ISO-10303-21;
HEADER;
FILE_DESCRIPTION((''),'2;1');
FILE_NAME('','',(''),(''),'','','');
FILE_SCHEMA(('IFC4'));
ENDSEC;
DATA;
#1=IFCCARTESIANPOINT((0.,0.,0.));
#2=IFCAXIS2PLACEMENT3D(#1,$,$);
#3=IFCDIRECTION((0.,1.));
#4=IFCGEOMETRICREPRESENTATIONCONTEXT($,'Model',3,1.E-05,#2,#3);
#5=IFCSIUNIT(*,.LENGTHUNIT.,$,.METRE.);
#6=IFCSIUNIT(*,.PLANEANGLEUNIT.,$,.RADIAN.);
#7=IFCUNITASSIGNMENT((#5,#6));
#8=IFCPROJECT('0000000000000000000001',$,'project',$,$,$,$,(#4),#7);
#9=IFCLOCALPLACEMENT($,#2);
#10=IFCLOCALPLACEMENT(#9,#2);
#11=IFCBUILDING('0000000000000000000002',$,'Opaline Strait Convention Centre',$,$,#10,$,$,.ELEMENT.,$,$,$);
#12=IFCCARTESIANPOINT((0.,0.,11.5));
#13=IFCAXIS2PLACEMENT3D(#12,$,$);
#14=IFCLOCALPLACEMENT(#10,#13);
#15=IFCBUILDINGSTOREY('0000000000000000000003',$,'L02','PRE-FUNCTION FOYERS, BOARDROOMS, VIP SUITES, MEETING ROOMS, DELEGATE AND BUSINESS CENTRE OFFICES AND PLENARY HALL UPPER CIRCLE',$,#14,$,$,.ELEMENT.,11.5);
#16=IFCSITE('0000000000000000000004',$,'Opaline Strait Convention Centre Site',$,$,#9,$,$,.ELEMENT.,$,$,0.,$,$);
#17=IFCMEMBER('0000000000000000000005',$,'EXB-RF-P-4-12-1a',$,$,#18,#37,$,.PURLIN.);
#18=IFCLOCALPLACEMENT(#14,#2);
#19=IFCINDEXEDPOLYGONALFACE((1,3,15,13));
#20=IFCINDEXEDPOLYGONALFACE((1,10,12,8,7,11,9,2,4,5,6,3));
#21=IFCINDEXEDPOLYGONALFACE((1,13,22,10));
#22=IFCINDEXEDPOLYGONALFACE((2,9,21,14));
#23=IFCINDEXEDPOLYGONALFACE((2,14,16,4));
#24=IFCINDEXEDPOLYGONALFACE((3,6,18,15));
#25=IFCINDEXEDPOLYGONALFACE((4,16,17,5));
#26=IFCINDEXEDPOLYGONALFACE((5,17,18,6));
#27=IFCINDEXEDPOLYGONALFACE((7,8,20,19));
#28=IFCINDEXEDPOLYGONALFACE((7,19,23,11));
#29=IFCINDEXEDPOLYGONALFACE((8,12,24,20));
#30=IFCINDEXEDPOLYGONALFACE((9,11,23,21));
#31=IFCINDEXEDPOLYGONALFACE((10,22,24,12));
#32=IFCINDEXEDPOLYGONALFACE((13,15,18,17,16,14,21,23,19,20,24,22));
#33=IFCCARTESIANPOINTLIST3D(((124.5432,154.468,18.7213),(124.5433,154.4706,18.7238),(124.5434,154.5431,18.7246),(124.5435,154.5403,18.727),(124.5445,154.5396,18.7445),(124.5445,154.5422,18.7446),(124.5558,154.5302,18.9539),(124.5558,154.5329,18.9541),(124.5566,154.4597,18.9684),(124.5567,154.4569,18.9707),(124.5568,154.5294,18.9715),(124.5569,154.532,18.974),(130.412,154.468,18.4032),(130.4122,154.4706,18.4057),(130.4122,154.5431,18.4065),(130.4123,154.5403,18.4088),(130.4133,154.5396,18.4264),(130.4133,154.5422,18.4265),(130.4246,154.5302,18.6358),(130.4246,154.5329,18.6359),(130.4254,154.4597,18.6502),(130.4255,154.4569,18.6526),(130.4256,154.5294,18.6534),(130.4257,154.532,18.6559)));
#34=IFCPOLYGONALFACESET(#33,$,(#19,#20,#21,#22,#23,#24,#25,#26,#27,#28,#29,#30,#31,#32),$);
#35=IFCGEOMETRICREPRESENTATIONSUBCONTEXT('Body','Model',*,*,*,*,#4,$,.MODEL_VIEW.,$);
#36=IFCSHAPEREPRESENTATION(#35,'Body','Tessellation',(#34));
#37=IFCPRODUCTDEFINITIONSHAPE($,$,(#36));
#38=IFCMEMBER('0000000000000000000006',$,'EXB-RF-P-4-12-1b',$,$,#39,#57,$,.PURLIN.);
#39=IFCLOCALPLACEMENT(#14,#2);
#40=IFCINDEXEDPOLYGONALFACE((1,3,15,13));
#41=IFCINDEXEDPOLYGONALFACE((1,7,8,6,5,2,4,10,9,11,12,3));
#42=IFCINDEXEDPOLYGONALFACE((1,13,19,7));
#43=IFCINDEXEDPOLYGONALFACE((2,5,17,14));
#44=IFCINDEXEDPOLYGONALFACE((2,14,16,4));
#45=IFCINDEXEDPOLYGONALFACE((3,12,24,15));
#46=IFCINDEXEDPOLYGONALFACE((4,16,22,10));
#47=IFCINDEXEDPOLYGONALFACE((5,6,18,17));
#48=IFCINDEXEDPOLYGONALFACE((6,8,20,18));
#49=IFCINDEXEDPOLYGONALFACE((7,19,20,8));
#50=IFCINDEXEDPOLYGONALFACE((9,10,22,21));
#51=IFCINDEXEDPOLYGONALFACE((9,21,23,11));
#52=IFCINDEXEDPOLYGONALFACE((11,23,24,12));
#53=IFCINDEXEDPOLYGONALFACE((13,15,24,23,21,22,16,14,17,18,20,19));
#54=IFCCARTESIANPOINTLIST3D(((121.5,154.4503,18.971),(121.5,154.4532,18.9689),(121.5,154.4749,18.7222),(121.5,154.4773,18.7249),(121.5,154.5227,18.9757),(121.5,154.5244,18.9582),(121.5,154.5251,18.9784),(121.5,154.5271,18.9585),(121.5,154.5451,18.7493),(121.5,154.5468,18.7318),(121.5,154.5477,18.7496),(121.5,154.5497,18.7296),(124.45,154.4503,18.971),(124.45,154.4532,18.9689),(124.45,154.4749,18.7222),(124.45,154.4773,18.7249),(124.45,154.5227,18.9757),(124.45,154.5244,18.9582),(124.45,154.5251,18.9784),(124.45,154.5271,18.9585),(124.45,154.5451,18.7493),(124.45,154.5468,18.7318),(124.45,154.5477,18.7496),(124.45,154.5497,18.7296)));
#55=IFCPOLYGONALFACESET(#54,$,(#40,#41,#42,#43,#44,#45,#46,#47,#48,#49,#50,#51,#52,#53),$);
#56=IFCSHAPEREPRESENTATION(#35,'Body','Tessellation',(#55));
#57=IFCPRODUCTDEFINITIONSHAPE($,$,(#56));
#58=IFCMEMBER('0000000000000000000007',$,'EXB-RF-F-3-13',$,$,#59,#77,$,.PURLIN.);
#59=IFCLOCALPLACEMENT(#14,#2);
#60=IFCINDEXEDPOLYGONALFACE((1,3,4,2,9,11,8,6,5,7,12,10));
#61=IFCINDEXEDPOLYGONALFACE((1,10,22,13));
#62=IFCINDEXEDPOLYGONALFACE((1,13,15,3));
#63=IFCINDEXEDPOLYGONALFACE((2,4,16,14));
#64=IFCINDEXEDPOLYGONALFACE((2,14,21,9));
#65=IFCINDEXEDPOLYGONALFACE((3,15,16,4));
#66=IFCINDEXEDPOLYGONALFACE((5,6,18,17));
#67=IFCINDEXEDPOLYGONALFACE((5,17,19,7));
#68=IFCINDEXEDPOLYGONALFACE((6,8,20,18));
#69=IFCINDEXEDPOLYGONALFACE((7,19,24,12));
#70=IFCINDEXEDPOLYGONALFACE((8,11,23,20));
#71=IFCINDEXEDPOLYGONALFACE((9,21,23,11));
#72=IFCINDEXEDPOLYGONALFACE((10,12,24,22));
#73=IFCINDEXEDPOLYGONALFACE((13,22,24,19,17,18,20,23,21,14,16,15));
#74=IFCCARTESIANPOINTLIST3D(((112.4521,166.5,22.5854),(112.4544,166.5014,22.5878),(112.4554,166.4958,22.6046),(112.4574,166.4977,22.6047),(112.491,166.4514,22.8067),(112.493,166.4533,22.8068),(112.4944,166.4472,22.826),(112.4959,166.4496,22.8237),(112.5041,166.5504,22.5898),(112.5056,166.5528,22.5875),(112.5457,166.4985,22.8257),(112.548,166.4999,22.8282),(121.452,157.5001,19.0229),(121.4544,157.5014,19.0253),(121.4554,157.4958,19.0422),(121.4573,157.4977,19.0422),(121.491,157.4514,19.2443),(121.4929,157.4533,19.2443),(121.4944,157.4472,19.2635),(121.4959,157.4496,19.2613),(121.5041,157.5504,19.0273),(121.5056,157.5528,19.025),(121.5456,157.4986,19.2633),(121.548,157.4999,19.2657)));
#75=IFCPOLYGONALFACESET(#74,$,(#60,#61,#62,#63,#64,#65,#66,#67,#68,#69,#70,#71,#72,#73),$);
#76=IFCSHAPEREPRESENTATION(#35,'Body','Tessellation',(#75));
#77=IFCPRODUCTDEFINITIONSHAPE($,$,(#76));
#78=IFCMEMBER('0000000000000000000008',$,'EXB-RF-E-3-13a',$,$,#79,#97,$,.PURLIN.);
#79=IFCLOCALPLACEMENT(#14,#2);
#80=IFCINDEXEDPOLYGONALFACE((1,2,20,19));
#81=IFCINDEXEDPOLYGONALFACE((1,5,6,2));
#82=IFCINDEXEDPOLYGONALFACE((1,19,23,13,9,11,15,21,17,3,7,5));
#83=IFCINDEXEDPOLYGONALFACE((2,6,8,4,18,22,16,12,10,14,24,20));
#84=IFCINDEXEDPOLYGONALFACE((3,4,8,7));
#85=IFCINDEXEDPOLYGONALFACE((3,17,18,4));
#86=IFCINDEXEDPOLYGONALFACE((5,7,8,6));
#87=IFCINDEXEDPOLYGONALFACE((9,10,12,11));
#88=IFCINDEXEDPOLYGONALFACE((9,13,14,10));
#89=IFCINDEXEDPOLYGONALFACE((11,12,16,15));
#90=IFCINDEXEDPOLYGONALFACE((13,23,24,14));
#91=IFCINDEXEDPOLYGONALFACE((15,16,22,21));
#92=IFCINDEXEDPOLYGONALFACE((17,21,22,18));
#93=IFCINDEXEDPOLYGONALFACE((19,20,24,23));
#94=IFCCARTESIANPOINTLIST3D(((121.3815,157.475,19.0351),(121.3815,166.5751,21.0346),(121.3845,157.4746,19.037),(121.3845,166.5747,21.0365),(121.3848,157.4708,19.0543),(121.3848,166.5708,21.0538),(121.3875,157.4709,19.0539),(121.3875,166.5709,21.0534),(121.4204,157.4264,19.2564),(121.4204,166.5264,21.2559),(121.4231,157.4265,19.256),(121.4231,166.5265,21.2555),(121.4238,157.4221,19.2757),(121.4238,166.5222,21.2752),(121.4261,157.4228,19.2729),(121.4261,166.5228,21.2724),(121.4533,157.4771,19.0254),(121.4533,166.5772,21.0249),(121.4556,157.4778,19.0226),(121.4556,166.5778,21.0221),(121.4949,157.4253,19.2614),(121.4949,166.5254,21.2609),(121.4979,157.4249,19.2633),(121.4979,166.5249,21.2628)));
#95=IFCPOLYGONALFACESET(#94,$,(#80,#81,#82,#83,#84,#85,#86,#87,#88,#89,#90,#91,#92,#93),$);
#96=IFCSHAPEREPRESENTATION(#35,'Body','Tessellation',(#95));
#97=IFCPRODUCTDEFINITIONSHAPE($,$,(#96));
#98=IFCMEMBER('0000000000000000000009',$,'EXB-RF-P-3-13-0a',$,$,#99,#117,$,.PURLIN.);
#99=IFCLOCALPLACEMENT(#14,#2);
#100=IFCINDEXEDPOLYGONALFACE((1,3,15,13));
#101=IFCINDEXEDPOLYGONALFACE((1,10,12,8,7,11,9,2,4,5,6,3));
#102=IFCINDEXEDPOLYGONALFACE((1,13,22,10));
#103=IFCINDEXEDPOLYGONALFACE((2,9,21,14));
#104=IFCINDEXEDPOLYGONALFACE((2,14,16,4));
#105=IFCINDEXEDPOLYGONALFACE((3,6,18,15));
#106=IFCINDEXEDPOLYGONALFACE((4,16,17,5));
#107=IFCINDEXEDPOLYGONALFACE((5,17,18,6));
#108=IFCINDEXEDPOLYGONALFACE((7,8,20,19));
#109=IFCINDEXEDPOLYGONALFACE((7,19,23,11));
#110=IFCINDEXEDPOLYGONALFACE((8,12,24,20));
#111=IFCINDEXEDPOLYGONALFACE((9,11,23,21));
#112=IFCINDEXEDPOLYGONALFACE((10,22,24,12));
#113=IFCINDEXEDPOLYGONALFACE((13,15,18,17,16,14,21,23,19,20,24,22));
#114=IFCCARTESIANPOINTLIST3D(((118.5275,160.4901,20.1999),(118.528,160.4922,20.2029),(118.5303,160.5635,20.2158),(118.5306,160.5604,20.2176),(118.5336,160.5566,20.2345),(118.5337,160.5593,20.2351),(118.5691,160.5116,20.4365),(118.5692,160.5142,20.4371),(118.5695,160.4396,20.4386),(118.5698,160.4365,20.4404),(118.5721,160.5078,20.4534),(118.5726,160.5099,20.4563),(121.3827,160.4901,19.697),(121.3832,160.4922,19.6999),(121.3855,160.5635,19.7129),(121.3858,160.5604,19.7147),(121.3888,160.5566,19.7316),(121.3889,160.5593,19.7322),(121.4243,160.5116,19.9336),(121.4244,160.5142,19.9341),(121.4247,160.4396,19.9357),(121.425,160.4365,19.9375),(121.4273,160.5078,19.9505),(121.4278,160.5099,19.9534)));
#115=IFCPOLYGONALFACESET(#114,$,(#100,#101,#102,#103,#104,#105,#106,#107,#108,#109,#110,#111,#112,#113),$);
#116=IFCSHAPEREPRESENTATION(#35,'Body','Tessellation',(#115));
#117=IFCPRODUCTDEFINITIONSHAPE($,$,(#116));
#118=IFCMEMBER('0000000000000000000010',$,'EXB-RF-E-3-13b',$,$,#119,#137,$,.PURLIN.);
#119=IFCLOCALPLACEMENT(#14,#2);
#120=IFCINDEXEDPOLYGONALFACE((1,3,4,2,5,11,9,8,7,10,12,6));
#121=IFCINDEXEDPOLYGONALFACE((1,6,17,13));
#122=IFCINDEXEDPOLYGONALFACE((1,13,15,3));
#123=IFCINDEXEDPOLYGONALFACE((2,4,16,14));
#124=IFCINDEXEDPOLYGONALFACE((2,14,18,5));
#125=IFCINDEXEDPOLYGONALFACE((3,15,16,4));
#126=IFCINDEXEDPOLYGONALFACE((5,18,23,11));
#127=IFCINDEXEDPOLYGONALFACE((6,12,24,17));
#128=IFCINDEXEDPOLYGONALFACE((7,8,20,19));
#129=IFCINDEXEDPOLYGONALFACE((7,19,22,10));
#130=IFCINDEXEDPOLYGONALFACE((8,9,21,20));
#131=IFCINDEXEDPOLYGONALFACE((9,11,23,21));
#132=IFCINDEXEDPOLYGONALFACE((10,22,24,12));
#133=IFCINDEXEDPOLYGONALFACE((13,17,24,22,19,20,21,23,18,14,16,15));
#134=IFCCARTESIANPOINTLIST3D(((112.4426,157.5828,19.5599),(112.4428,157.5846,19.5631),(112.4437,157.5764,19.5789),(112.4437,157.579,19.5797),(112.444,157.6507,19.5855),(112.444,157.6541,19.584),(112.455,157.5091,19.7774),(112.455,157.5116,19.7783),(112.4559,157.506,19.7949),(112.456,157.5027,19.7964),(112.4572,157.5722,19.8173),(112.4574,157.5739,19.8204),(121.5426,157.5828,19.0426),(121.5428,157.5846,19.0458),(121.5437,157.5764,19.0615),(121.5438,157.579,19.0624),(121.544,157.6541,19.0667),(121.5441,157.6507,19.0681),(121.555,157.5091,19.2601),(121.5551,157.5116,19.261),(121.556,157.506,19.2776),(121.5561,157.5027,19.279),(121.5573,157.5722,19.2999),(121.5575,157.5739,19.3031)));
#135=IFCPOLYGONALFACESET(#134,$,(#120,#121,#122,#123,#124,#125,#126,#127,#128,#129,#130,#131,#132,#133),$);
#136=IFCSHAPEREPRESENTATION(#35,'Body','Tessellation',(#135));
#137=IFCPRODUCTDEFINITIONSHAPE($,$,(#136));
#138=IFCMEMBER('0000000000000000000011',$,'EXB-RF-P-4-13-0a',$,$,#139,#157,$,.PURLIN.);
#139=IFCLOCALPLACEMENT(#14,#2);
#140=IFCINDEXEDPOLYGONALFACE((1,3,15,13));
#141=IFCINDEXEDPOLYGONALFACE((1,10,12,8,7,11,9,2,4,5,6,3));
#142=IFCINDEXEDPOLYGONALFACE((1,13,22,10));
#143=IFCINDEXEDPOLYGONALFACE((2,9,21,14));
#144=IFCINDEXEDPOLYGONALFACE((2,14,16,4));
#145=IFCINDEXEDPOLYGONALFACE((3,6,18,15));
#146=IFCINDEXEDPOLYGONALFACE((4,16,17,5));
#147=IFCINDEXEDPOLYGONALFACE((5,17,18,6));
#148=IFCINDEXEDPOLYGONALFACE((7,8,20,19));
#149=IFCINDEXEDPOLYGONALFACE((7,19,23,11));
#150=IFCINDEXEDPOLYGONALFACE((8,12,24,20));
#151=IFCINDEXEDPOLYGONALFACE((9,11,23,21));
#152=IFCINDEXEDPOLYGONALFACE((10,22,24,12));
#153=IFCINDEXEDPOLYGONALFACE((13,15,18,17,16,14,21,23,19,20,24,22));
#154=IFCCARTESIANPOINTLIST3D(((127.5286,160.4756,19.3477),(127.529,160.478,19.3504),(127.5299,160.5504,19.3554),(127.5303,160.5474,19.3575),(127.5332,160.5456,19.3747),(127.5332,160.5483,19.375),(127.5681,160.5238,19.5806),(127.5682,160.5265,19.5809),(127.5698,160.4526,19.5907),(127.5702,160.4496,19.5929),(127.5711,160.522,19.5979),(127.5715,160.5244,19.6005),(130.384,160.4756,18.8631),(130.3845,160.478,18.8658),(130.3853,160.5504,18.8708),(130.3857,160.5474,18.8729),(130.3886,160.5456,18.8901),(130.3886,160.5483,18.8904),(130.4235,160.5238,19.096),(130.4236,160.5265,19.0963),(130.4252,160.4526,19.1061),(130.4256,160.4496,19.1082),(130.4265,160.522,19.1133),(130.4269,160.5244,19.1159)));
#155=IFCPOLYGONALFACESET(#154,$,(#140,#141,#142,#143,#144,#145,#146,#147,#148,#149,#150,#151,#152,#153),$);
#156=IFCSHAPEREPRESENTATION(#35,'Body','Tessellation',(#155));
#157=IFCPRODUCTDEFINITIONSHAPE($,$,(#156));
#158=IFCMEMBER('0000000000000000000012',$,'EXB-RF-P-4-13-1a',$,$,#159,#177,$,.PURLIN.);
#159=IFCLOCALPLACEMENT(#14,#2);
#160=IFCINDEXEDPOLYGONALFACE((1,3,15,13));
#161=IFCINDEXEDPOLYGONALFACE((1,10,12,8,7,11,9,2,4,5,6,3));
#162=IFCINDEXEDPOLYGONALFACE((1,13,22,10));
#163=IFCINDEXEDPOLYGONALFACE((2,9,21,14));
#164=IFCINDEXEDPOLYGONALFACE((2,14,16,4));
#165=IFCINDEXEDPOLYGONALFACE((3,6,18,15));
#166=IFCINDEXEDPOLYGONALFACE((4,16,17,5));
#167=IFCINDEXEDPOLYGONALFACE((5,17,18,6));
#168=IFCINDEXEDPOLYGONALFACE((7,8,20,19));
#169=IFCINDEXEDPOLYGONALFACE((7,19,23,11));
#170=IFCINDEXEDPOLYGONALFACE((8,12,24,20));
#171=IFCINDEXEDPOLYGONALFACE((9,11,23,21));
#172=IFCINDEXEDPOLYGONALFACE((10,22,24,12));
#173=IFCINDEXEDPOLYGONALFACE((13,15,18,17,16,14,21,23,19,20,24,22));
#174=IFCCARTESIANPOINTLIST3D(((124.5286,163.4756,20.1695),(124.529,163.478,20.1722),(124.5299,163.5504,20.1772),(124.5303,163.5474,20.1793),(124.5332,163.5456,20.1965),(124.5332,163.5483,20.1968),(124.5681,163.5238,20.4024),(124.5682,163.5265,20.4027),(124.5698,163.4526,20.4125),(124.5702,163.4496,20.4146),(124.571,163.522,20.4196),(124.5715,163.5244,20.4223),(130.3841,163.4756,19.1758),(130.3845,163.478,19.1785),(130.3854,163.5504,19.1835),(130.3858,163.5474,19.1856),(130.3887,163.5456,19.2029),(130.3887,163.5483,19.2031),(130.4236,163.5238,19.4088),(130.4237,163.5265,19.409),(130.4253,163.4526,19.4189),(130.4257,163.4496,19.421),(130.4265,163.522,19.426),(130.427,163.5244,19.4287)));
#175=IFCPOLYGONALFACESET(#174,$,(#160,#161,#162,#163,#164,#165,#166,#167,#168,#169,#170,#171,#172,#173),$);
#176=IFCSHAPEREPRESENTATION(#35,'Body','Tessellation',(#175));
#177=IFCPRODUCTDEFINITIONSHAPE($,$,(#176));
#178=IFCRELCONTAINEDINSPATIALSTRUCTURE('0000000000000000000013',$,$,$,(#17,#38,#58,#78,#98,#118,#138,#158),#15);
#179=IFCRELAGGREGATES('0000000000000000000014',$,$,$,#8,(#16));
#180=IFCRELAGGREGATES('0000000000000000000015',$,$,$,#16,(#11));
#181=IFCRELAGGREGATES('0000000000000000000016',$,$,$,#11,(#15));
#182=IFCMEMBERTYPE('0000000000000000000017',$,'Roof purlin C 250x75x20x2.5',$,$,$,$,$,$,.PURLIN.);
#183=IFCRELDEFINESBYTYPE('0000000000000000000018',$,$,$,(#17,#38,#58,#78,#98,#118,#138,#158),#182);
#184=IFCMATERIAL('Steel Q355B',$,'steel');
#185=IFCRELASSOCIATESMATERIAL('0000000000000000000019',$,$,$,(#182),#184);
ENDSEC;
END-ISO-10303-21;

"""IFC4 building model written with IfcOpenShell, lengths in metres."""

from ifc_helpers import new_model, si_unit, direction, frame, origin, place, context, subcontext, project, spatial, polyline, outline, extrude, material, material_profile, profile_set, type_object, element, save


model = new_model("IFC4")

# Units and contexts
model_context = context("Model", 3, precision=1e-05, world=origin(), true_north=direction((0.0, 1.0)))
body_context = subcontext(model_context, "Body", "Model", "MODEL_VIEW")
ifc_project = project(units=[si_unit("LENGTHUNIT", "METRE"), si_unit("PLANEANGLEUNIT", "RADIAN")], contexts=[model_context])

# Site, building, storey
site_placement = place(None, origin())
site = spatial("IfcSite", under=ifc_project, at=site_placement, Name="Opaline Strait Convention Centre Site", CompositionType="ELEMENT", RefElevation=0.0)
building_placement = place(site_placement, origin())
building = spatial("IfcBuilding", under=site, at=building_placement, Name="Opaline Strait Convention Centre", CompositionType="ELEMENT")
storey_placement = place(building_placement, frame((0.0, 0.0, 11.5)))
storey = spatial("IfcBuildingStorey", under=building, at=storey_placement, Name="L02", Description="PRE-FUNCTION FOYERS, BOARDROOMS, VIP SUITES, MEETING ROOMS, DELEGATE AND BUSINESS CENTRE OFFICES AND PLENARY HALL UPPER CIRCLE", CompositionType="ELEMENT", Elevation=11.5)

# Members
ifc_material_1 = material(Name="Steel Q355B", Category="steel")
ifc_material_profile_1 = material_profile(ifc_material_1, outline(polyline([(-0.0376, -0.125), (0.0376, -0.125), (0.0376, -0.105), (0.0349, -0.105), (0.0349, -0.1226), (-0.0349, -0.1226), (-0.0349, 0.1226), (0.0349, 0.1226), (0.0349, 0.105), (0.0376, 0.105), (0.0376, 0.125), (-0.0376, 0.125), (-0.0376, -0.125)])), Name="C 250x75x20x2.5")
ifc_profile_set_1 = profile_set([ifc_material_profile_1], Name="Steel Q355B")
member_type_1 = type_object("IfcMemberType", Name="Roof purlin C 250x75x20x2.5", PredefinedType="PURLIN", material=ifc_profile_set_1)
member_1_placement = place(storey_placement, frame((124.55, 154.5, 18.8477), z_axis=(0.998534, 0.0, -0.054124), x_axis=(0.002414, 0.999005, 0.044541)))
element("IfcMember", 1, at=member_1_placement, inside=storey, type_object=member_type_1, Name="EXB-RF-P-4-12-1a", PredefinedType="PURLIN", context=body_context, shape_type="SweptSolid", body=[
    extrude(outline(polyline([(-0.0376, -0.125), (0.0376, -0.125), (0.0376, -0.105), (0.0349, -0.105), (0.0349, -0.1226), (-0.0349, -0.1226), (-0.0349, 0.1226), (0.0349, 0.1226), (0.0349, 0.105), (0.0376, 0.105), (0.0376, 0.125), (-0.0376, 0.125), (-0.0376, -0.125)])), origin(), (0.0, 0.0, 1.0), 5.8774),
])
member_2_placement = place(storey_placement, frame((121.5, 154.5, 18.8503), z_axis=(1.0, 0.0, 0.0), x_axis=(0.0, 0.995149, 0.098378)))
element("IfcMember", 2, at=member_2_placement, inside=storey, type_object=member_type_1, Name="EXB-RF-P-4-12-1b", PredefinedType="PURLIN", context=body_context, shape_type="SweptSolid", body=[
    extrude(outline(polyline([(-0.0376, -0.125), (0.0376, -0.125), (0.0376, -0.105), (0.0349, -0.105), (0.0349, -0.1226), (-0.0349, -0.1226), (-0.0349, 0.1226), (0.0349, 0.1226), (0.0349, 0.105), (0.0376, 0.105), (0.0376, 0.125), (-0.0376, 0.125), (-0.0376, -0.125)])), origin(), (0.0, 0.0, 1.0), 2.95),
])
member_3_placement = place(storey_placement, frame((121.5, 157.5, 19.1443), z_axis=(-0.680937, 0.680937, 0.269537), x_axis=(-0.712454, -0.701136, -0.028595)))
element("IfcMember", 3, at=member_3_placement, inside=storey, type_object=member_type_1, Name="EXB-RF-F-3-13", PredefinedType="PURLIN", context=body_context, shape_type="SweptSolid", body=[
    extrude(outline(polyline([(-0.0376, -0.125), (0.0376, -0.125), (0.0376, -0.105), (0.0349, -0.105), (0.0349, -0.1226), (-0.0349, -0.1226), (-0.0349, 0.1226), (0.0349, 0.1226), (0.0349, 0.105), (0.0376, 0.105), (0.0376, 0.125), (-0.0376, 0.125), (-0.0376, -0.125)])), origin(), (0.0, 0.0, 1.0), 13.217),
])
member_4_placement = place(storey_placement, frame((121.4397, 157.45, 19.1492), z_axis=(0.0, 0.976701, 0.214605), x_axis=(-0.98553, -0.036376, 0.165553)))
element("IfcMember", 4, at=member_4_placement, inside=storey, type_object=member_type_1, Name="EXB-RF-E-3-13a", PredefinedType="PURLIN", context=body_context, shape_type="SweptSolid", body=[
    extrude(outline(polyline([(-0.0376, -0.125), (0.0376, -0.125), (0.0376, -0.105), (0.0349, -0.105), (0.0349, -0.1226), (-0.0349, -0.1226), (-0.0349, 0.1226), (0.0349, 0.1226), (0.0349, 0.105), (0.0376, 0.105), (0.0376, 0.125), (-0.0376, 0.125), (-0.0376, -0.125)])), origin(), (0.0, 0.0, 1.0), 9.3171),
])
member_5_placement = place(storey_placement, frame((118.55, 160.5, 20.3281), z_axis=(0.984839, 0.0, -0.173473), x_axis=(0.037227, 0.976702, 0.211347)))
element("IfcMember", 5, at=member_5_placement, inside=storey, type_object=member_type_1, Name="EXB-RF-P-3-13-0a", PredefinedType="PURLIN", context=body_context, shape_type="SweptSolid", body=[
    extrude(outline(polyline([(-0.0376, -0.125), (0.0376, -0.125), (0.0376, -0.105), (0.0349, -0.105), (0.0349, -0.1226), (-0.0349, -0.1226), (-0.0349, 0.1226), (0.0349, 0.1226), (0.0349, 0.105), (0.0376, 0.105), (0.0376, 0.125), (-0.0376, 0.125), (-0.0376, -0.125)])), origin(), (0.0, 0.0, 1.0), 2.8992),
])
member_6_placement = place(storey_placement, frame((121.55, 157.5784, 19.1729), z_axis=(-0.998388, 0.0, 0.056758), x_axis=(-0.018194, -0.947232, -0.320033)))
element("IfcMember", 6, at=member_6_placement, inside=storey, type_object=member_type_1, Name="EXB-RF-E-3-13b", PredefinedType="PURLIN", context=body_context, shape_type="SweptSolid", body=[
    extrude(outline(polyline([(-0.0376, -0.125), (0.0376, -0.125), (0.0376, -0.105), (0.0349, -0.105), (0.0349, -0.1226), (-0.0349, -0.1226), (-0.0349, 0.1226), (0.0349, 0.1226), (0.0349, 0.105), (0.0376, 0.105), (0.0376, 0.125), (-0.0376, 0.125), (-0.0376, -0.125)])), origin(), (0.0, 0.0, 1.0), 9.1147),
])
member_7_placement = place(storey_placement, frame((127.55, 160.5, 19.4741), z_axis=(0.985902, 0.0, -0.167323), x_axis=(0.017345, 0.994613, 0.102197)))
element("IfcMember", 7, at=member_7_placement, inside=storey, type_object=member_type_1, Name="EXB-RF-P-4-13-0a", PredefinedType="PURLIN", context=body_context, shape_type="SweptSolid", body=[
    extrude(outline(polyline([(-0.0376, -0.125), (0.0376, -0.125), (0.0376, -0.105), (0.0349, -0.105), (0.0349, -0.1226), (-0.0349, -0.1226), (-0.0349, 0.1226), (0.0349, 0.1226), (0.0349, 0.105), (0.0376, 0.105), (0.0376, 0.125), (-0.0376, 0.125), (-0.0376, -0.125)])), origin(), (0.0, 0.0, 1.0), 2.8962),
])
member_8_placement = place(storey_placement, frame((124.55, 163.5, 20.2959), z_axis=(0.985905, 0.0, -0.167305), x_axis=(0.017343, 0.994613, 0.102198)))
element("IfcMember", 8, at=member_8_placement, inside=storey, type_object=member_type_1, Name="EXB-RF-P-4-13-1a", PredefinedType="PURLIN", context=body_context, shape_type="SweptSolid", body=[
    extrude(outline(polyline([(-0.0376, -0.125), (0.0376, -0.125), (0.0376, -0.105), (0.0349, -0.105), (0.0349, -0.1226), (-0.0349, -0.1226), (-0.0349, 0.1226), (0.0349, 0.1226), (0.0349, 0.105), (0.0376, 0.105), (0.0376, 0.125), (-0.0376, 0.125), (-0.0376, -0.125)])), origin(), (0.0, 0.0, 1.0), 5.9392),
])

save(model, "model.ifc")
